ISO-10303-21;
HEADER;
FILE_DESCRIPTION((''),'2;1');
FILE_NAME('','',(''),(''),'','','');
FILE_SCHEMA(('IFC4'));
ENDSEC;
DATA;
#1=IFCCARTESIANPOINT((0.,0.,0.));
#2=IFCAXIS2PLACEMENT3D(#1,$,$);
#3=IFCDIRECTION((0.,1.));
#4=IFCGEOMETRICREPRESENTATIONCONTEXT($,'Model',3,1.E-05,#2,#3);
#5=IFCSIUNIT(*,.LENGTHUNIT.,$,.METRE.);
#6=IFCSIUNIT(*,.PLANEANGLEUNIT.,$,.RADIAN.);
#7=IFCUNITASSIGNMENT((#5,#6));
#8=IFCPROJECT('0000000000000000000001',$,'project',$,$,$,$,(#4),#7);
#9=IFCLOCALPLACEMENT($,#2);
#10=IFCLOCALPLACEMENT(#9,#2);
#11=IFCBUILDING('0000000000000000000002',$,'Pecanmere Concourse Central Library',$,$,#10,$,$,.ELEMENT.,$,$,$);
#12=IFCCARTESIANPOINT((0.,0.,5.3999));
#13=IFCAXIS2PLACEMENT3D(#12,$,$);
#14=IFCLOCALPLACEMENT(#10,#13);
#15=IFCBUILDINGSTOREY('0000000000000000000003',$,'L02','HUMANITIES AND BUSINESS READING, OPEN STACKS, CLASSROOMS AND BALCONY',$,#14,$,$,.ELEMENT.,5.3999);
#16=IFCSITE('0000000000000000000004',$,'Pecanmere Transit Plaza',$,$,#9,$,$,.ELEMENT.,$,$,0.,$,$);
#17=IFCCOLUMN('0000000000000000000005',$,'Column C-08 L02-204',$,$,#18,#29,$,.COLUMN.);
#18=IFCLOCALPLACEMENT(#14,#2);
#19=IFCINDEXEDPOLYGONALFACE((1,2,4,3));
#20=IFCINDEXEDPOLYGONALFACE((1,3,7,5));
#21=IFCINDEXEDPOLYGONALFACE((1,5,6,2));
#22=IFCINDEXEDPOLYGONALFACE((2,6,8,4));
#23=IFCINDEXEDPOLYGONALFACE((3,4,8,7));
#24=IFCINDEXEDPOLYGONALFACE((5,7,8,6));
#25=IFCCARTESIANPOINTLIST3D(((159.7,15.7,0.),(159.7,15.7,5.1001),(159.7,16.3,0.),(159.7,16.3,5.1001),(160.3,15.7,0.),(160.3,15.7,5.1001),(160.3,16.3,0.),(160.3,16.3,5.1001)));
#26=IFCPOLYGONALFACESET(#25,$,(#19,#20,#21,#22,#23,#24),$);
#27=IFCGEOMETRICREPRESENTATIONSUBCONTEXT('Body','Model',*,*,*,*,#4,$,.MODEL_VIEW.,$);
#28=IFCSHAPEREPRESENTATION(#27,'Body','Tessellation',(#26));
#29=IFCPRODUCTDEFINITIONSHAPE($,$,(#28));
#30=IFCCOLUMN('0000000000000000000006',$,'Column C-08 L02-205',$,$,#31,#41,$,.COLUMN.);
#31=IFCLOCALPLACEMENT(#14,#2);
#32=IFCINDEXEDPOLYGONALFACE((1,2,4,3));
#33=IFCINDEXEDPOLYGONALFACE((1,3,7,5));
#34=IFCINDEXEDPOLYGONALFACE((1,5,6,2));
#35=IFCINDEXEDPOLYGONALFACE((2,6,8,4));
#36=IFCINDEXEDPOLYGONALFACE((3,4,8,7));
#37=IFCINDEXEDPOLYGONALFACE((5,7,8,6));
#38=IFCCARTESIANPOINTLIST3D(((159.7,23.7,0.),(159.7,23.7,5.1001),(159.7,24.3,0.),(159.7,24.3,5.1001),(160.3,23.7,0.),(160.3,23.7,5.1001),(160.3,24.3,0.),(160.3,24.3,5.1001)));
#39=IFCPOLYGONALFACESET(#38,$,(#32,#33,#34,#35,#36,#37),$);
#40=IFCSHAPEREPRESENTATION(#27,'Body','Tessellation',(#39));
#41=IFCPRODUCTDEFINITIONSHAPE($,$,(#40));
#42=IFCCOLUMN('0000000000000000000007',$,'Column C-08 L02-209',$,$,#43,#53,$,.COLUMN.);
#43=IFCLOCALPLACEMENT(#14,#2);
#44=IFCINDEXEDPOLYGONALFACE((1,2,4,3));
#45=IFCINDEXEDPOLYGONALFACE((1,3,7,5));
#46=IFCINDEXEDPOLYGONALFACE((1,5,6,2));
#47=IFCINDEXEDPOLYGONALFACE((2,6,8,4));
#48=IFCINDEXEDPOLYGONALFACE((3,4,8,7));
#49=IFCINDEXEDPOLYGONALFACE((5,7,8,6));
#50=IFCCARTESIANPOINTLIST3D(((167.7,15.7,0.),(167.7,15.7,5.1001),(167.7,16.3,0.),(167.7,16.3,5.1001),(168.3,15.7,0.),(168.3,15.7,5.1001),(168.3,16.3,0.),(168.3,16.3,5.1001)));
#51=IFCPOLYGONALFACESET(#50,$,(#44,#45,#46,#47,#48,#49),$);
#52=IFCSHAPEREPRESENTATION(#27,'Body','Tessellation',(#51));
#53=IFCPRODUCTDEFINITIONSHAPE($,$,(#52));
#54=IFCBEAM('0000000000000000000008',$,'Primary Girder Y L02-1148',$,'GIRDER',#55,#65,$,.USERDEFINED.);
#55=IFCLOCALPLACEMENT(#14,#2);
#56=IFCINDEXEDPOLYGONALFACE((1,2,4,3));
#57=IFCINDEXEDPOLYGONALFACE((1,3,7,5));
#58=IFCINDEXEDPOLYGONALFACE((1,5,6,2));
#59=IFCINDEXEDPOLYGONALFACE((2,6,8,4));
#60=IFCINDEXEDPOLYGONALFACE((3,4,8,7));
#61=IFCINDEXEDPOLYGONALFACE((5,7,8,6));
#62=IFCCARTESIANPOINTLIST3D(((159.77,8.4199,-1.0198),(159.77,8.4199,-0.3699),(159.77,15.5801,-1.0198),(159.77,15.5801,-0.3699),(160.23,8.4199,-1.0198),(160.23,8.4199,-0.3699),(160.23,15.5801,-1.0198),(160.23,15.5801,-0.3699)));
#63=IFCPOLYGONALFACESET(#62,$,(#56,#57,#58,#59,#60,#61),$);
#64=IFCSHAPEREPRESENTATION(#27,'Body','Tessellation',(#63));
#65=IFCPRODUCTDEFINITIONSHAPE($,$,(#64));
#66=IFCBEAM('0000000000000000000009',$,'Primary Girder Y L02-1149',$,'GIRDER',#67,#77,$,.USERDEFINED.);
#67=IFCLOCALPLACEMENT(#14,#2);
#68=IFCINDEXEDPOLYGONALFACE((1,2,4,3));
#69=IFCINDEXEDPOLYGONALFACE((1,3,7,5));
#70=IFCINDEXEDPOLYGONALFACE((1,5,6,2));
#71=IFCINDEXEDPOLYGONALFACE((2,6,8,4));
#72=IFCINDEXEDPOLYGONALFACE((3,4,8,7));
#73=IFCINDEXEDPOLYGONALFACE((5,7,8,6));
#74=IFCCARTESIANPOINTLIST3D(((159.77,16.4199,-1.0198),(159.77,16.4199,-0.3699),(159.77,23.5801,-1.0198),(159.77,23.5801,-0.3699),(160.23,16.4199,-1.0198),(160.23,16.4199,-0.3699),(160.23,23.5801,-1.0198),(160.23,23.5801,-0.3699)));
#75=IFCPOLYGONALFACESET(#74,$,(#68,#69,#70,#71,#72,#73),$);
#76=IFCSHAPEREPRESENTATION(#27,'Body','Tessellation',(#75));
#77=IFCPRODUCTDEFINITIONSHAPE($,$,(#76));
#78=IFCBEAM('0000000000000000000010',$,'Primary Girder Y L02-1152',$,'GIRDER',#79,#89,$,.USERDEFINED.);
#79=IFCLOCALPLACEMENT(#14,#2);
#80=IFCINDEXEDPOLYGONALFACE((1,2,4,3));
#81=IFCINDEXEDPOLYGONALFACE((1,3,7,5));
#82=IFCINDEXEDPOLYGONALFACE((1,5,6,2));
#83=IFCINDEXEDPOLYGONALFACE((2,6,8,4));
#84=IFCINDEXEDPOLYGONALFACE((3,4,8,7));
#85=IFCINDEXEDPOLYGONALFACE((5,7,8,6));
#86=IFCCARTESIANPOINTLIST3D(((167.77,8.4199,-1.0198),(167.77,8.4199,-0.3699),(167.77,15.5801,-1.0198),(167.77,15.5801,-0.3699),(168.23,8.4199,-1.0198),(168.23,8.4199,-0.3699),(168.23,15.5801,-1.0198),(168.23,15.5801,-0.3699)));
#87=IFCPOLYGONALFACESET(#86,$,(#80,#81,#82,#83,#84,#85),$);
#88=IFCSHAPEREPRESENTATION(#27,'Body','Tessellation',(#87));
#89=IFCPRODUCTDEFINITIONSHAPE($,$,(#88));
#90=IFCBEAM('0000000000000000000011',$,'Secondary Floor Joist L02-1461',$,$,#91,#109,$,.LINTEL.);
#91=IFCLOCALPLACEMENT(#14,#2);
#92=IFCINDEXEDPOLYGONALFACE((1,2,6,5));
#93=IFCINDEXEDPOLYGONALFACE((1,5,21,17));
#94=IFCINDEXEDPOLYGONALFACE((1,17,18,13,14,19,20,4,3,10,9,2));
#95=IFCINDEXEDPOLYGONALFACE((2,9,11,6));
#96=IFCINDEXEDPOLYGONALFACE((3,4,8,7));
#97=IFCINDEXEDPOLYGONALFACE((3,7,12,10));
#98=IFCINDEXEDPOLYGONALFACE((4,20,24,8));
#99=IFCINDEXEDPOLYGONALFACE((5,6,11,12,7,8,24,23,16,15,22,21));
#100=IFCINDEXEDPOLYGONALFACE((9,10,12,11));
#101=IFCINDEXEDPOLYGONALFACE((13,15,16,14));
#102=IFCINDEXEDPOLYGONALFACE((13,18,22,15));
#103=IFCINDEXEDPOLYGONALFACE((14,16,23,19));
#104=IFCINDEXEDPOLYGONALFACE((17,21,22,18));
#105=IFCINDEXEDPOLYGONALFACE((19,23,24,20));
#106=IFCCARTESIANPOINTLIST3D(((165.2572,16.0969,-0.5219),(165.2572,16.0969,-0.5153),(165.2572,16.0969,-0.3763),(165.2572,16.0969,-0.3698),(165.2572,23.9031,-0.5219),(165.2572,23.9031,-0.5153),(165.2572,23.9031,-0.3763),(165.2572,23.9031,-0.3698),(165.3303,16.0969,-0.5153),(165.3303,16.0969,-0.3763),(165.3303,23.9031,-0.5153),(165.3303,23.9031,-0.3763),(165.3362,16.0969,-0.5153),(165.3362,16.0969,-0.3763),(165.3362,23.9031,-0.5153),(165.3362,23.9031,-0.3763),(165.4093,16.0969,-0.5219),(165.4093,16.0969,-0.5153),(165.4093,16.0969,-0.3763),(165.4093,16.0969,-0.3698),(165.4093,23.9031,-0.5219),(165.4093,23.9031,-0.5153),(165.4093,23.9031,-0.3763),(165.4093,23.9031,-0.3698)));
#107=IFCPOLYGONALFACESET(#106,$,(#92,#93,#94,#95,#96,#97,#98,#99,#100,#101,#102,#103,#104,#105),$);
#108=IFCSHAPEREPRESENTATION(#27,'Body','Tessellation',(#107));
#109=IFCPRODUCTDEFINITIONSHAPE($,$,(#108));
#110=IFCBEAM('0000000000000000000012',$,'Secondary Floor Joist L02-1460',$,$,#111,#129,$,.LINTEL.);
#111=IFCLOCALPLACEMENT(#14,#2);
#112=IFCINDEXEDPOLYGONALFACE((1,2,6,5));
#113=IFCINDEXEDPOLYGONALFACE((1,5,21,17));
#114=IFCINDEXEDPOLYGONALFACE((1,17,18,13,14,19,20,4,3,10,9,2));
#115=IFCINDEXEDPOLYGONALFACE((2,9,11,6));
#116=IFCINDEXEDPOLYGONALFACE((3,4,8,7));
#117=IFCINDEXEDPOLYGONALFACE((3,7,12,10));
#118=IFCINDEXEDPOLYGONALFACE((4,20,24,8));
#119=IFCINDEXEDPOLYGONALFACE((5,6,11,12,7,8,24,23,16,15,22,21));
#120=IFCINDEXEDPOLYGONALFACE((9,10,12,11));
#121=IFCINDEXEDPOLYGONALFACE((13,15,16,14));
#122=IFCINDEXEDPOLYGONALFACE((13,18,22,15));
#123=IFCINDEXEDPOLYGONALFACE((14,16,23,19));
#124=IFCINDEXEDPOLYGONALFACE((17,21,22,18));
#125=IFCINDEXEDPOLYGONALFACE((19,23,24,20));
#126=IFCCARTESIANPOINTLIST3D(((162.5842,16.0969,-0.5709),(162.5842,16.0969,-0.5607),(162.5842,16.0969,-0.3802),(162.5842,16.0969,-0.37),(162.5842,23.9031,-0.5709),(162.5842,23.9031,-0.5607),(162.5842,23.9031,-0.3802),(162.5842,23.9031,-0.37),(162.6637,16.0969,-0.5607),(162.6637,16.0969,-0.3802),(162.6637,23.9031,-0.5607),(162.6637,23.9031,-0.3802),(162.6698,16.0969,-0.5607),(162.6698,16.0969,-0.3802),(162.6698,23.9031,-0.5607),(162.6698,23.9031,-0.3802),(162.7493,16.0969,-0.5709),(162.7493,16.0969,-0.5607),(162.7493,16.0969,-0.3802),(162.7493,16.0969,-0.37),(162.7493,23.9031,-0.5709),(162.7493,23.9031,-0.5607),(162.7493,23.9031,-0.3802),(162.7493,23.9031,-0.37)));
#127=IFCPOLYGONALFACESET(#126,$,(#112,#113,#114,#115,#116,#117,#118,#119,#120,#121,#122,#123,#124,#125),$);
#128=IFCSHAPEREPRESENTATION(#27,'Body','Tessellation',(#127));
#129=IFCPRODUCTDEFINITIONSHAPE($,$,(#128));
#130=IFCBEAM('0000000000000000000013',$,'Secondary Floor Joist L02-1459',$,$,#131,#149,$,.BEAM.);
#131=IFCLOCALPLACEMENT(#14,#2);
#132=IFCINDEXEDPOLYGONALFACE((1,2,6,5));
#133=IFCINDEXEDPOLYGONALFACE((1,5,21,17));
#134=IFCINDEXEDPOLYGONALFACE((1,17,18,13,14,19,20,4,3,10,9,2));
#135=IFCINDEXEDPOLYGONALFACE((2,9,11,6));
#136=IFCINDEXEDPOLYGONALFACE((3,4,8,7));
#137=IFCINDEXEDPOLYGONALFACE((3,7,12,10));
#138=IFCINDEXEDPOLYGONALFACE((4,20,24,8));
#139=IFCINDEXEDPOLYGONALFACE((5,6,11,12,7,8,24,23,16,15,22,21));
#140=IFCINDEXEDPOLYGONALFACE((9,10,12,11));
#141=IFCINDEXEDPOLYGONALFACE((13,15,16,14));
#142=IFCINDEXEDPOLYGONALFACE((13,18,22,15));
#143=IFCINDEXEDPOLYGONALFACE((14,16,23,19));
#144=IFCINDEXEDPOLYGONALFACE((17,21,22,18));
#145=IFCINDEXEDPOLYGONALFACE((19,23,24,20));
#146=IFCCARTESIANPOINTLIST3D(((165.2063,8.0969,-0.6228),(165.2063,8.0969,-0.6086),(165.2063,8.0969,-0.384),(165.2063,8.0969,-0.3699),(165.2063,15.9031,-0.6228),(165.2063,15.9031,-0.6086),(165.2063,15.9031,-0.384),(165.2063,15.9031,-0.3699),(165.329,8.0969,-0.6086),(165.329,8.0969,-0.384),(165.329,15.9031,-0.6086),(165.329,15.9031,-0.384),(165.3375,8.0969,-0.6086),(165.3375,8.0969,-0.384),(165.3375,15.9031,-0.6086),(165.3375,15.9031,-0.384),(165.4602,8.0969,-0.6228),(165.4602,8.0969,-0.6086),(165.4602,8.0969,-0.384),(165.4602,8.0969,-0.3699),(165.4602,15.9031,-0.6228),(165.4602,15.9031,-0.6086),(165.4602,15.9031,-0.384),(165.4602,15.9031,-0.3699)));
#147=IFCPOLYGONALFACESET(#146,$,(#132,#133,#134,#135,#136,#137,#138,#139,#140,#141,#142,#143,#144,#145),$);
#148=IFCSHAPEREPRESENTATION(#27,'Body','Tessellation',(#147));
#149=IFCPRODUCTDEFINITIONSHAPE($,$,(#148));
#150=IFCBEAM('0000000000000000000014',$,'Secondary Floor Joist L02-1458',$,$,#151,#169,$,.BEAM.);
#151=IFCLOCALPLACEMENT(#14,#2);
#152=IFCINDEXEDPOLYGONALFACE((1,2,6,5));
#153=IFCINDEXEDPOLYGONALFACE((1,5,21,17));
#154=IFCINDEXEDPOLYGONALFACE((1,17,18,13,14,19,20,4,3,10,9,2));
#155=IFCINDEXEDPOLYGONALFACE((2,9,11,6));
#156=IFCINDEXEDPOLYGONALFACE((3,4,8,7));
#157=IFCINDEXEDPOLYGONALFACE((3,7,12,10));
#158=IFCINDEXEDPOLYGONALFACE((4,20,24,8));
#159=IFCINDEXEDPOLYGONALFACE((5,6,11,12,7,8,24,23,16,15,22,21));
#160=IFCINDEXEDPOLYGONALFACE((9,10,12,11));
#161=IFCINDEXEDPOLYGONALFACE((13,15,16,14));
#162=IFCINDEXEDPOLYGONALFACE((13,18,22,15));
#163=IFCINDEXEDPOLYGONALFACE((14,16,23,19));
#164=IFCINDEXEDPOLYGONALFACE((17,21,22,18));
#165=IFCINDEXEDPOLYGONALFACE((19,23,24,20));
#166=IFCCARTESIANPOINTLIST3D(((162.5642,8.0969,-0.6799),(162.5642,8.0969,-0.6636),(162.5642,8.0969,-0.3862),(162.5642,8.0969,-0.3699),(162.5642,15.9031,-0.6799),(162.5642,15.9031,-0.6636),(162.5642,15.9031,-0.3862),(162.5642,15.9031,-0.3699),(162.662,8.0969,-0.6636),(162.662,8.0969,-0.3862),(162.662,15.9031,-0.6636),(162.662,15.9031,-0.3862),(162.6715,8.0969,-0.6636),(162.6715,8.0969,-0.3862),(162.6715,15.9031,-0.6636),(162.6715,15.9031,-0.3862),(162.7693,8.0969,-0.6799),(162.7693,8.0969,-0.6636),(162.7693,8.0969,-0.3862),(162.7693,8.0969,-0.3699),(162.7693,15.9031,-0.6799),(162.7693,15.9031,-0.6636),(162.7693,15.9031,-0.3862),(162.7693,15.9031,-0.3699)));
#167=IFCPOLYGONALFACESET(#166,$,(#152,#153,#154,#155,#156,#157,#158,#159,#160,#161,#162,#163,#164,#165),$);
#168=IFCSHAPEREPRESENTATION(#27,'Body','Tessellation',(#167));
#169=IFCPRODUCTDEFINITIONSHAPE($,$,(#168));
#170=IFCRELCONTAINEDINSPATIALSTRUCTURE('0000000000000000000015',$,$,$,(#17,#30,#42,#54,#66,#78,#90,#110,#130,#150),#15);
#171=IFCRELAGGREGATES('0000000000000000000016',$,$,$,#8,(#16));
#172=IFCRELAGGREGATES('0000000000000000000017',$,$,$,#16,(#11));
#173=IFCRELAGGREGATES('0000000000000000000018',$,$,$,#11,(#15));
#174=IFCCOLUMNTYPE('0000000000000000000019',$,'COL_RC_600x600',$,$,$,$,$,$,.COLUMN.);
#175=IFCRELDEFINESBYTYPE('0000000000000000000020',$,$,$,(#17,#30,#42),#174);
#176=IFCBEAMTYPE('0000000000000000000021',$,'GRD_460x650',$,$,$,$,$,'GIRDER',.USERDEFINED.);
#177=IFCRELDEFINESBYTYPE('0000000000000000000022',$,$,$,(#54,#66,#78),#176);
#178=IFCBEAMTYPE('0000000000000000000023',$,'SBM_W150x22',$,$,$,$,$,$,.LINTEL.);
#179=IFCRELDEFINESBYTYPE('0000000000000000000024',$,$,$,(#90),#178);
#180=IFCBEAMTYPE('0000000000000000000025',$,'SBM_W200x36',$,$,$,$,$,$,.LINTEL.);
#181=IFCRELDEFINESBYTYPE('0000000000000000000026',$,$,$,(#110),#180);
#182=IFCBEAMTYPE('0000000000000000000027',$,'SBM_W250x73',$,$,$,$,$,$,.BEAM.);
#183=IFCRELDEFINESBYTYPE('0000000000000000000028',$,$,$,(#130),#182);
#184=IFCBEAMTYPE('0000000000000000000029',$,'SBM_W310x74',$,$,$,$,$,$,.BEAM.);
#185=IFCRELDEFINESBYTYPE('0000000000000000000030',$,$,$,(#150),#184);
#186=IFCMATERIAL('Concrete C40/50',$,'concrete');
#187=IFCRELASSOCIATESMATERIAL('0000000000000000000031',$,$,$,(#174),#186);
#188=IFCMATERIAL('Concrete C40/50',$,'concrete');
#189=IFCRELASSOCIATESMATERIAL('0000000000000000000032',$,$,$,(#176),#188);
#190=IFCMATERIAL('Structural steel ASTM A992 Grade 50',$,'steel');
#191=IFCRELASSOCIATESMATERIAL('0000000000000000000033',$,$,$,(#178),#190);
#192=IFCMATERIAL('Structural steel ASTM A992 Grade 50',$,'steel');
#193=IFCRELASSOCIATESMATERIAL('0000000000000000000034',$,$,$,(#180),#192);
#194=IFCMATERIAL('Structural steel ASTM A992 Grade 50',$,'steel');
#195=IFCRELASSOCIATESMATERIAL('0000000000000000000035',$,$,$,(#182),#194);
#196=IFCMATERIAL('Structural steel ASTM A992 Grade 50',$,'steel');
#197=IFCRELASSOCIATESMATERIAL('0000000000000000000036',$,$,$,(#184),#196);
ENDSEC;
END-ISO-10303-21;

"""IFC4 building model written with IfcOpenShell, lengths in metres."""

from ifc_helpers import new_model, si_unit, direction, frame, origin, origin_2d, place, context, subcontext, project, spatial, rectangle, i_section, extrude, material, material_profile, profile_set, type_object, element, save


model = new_model("IFC4")

# Units and contexts
model_context = context("Model", 3, precision=1e-05, world=origin(), true_north=direction((0.0, 1.0)))
body_context = subcontext(model_context, "Body", "Model", "MODEL_VIEW")
ifc_project = project(units=[si_unit("LENGTHUNIT", "METRE"), si_unit("PLANEANGLEUNIT", "RADIAN")], contexts=[model_context])

# Site, building, storey
site_placement = place(None, origin())
site = spatial("IfcSite", under=ifc_project, at=site_placement, Name="Pecanmere Transit Plaza", CompositionType="ELEMENT", RefElevation=0.0)
building_placement = place(site_placement, origin())
building = spatial("IfcBuilding", under=site, at=building_placement, Name="Pecanmere Concourse Central Library", CompositionType="ELEMENT")
storey_placement = place(building_placement, frame((0.0, 0.0, 5.3999)))
storey = spatial("IfcBuildingStorey", under=building, at=storey_placement, Name="L02", Description="HUMANITIES AND BUSINESS READING, OPEN STACKS, CLASSROOMS AND BALCONY", CompositionType="ELEMENT", Elevation=5.3999)

# Columns
ifc_material_1 = material(Name="Concrete C40/50", Category="concrete")
ifc_material_profile_1 = material_profile(ifc_material_1, rectangle(XDim=0.6001, YDim=0.6001, at=origin_2d()), Name="RC 600x600")
ifc_profile_set_1 = profile_set([ifc_material_profile_1], Name="Concrete C40/50")
column_type = type_object("IfcColumnType", Name="COL_RC_600x600", PredefinedType="COLUMN", material=ifc_profile_set_1)
for number, where, z_axis, x_axis, name in (
    (1, (160.0, 16.0, 0.0), (0.0, 0.0, 1.0), (1.0, 0.0, 0.0), "Column C-08 L02-204"),
    (2, (160.0, 24.0, 0.0), (0.0, 0.0, 1.0), (1.0, 0.0, 0.0), "Column C-08 L02-205"),
    (3, (168.0, 16.0, 0.0), (0.0, 0.0, 1.0), (1.0, 0.0, 0.0), "Column C-08 L02-209"),
):
    element("IfcColumn", number, at=place(storey_placement, frame(where, z_axis=z_axis, x_axis=x_axis)), inside=storey, type_object=column_type, Name=name, PredefinedType="COLUMN", context=body_context, shape_type="SweptSolid", body=[
        extrude(rectangle(XDim=0.6001, YDim=0.6001, at=origin_2d()), origin(), (0.0, 0.0, 1.0), 5.1001),
    ])

# Beams
ifc_material_2 = material(Name="Concrete C40/50", Category="concrete")
ifc_material_profile_2 = material_profile(ifc_material_2, rectangle(XDim=0.46, YDim=0.6499, at=origin_2d()), Name="RC 460x650")
ifc_profile_set_2 = profile_set([ifc_material_profile_2], Name="Concrete C40/50")
beam_type_1 = type_object("IfcBeamType", Name="GRD_460x650", ElementType="GIRDER", PredefinedType="USERDEFINED", material=ifc_profile_set_2)
for number, where, z_axis, x_axis, name in (
    (4, (160.0, 8.4199, -0.6948), (0.0, 1.0, 0.0), (-1.0, 0.0, 0.0), "Primary Girder Y L02-1148"),
    (5, (160.0, 16.4199, -0.6948), (0.0, 1.0, 0.0), (-1.0, 0.0, 0.0), "Primary Girder Y L02-1149"),
    (6, (168.0, 8.4199, -0.6948), (0.0, 1.0, 0.0), (-1.0, 0.0, 0.0), "Primary Girder Y L02-1152"),
):
    element("IfcBeam", number, at=place(storey_placement, frame(where, z_axis=z_axis, x_axis=x_axis)), inside=storey, type_object=beam_type_1, Name=name, ObjectType="GIRDER", PredefinedType="USERDEFINED", context=body_context, shape_type="SweptSolid", body=[
        extrude(rectangle(XDim=0.46, YDim=0.6499, at=origin_2d()), origin(), (0.0, 0.0, 1.0), 7.1602),
    ])
ifc_material_3 = material(Name="Structural steel ASTM A992 Grade 50", Category="steel")
ifc_material_profile_3 = material_profile(ifc_material_3, i_section(OverallWidth=0.1521, OverallDepth=0.1521, WebThickness=0.0059, FlangeThickness=0.0066, at=origin_2d()), Name="W150x22.5")
ifc_profile_set_3 = profile_set([ifc_material_profile_3], Name="Structural steel ASTM A992 Grade 50")
beam_type_2 = type_object("IfcBeamType", Name="SBM_W150x22", PredefinedType="LINTEL", material=ifc_profile_set_3)
beam_1_placement = place(storey_placement, frame((165.3333, 16.0969, -0.4458), z_axis=(0.0, 1.0, 0.0), x_axis=(-1.0, 0.0, 0.0)))
element("IfcBeam", 7, at=beam_1_placement, inside=storey, type_object=beam_type_2, Name="Secondary Floor Joist L02-1461", PredefinedType="LINTEL", context=body_context, shape_type="SweptSolid", body=[
    extrude(i_section(OverallWidth=0.1521, OverallDepth=0.1521, WebThickness=0.0059, FlangeThickness=0.0066, at=origin_2d()), origin(), (0.0, 0.0, 1.0), 7.8062),
])
ifc_material_4 = material(Name="Structural steel ASTM A992 Grade 50", Category="steel")
ifc_material_profile_4 = material_profile(ifc_material_4, i_section(OverallWidth=0.165, OverallDepth=0.2009, WebThickness=0.0061, FlangeThickness=0.0103, at=origin_2d()), Name="W200x35.9")
ifc_profile_set_4 = profile_set([ifc_material_profile_4], Name="Structural steel ASTM A992 Grade 50")
beam_type_3 = type_object("IfcBeamType", Name="SBM_W200x36", PredefinedType="LINTEL", material=ifc_profile_set_4)
beam_2_placement = place(storey_placement, frame((162.6667, 16.0969, -0.4705), z_axis=(0.0, 1.0, 0.0), x_axis=(-1.0, 0.0, 0.0)))
element("IfcBeam", 8, at=beam_2_placement, inside=storey, type_object=beam_type_3, Name="Secondary Floor Joist L02-1460", PredefinedType="LINTEL", context=body_context, shape_type="SweptSolid", body=[
    extrude(i_section(OverallWidth=0.165, OverallDepth=0.2009, WebThickness=0.0061, FlangeThickness=0.0103, at=origin_2d()), origin(), (0.0, 0.0, 1.0), 7.8062),
])
ifc_material_5 = material(Name="Structural steel ASTM A992 Grade 50", Category="steel")
ifc_material_profile_5 = material_profile(ifc_material_5, i_section(OverallWidth=0.2539, OverallDepth=0.2529, WebThickness=0.0085, FlangeThickness=0.0142, at=origin_2d()), Name="W250x73")
ifc_profile_set_5 = profile_set([ifc_material_profile_5], Name="Structural steel ASTM A992 Grade 50")
beam_type_4 = type_object("IfcBeamType", Name="SBM_W250x73", PredefinedType="BEAM", material=ifc_profile_set_5)
beam_3_placement = place(storey_placement, frame((165.3333, 8.0969, -0.4963), z_axis=(0.0, 1.0, 0.0), x_axis=(-1.0, 0.0, 0.0)))
element("IfcBeam", 9, at=beam_3_placement, inside=storey, type_object=beam_type_4, Name="Secondary Floor Joist L02-1459", PredefinedType="BEAM", context=body_context, shape_type="SweptSolid", body=[
    extrude(i_section(OverallWidth=0.2539, OverallDepth=0.2529, WebThickness=0.0085, FlangeThickness=0.0142, at=origin_2d()), origin(), (0.0, 0.0, 1.0), 7.8062),
])
ifc_material_6 = material(Name="Structural steel ASTM A992 Grade 50", Category="steel")
ifc_material_profile_6 = material_profile(ifc_material_6, i_section(OverallWidth=0.2051, OverallDepth=0.3101, WebThickness=0.0095, FlangeThickness=0.0164, at=origin_2d()), Name="W310x74")
ifc_profile_set_6 = profile_set([ifc_material_profile_6], Name="Structural steel ASTM A992 Grade 50")
beam_type_5 = type_object("IfcBeamType", Name="SBM_W310x74", PredefinedType="BEAM", material=ifc_profile_set_6)
beam_4_placement = place(storey_placement, frame((162.6667, 8.0969, -0.5249), z_axis=(0.0, 1.0, 0.0), x_axis=(-1.0, 0.0, 0.0)))
element("IfcBeam", 10, at=beam_4_placement, inside=storey, type_object=beam_type_5, Name="Secondary Floor Joist L02-1458", PredefinedType="BEAM", context=body_context, shape_type="SweptSolid", body=[
    extrude(i_section(OverallWidth=0.2051, OverallDepth=0.3101, WebThickness=0.0095, FlangeThickness=0.0164, at=origin_2d()), origin(), (0.0, 0.0, 1.0), 7.8062),
])

save(model, "model.ifc")
